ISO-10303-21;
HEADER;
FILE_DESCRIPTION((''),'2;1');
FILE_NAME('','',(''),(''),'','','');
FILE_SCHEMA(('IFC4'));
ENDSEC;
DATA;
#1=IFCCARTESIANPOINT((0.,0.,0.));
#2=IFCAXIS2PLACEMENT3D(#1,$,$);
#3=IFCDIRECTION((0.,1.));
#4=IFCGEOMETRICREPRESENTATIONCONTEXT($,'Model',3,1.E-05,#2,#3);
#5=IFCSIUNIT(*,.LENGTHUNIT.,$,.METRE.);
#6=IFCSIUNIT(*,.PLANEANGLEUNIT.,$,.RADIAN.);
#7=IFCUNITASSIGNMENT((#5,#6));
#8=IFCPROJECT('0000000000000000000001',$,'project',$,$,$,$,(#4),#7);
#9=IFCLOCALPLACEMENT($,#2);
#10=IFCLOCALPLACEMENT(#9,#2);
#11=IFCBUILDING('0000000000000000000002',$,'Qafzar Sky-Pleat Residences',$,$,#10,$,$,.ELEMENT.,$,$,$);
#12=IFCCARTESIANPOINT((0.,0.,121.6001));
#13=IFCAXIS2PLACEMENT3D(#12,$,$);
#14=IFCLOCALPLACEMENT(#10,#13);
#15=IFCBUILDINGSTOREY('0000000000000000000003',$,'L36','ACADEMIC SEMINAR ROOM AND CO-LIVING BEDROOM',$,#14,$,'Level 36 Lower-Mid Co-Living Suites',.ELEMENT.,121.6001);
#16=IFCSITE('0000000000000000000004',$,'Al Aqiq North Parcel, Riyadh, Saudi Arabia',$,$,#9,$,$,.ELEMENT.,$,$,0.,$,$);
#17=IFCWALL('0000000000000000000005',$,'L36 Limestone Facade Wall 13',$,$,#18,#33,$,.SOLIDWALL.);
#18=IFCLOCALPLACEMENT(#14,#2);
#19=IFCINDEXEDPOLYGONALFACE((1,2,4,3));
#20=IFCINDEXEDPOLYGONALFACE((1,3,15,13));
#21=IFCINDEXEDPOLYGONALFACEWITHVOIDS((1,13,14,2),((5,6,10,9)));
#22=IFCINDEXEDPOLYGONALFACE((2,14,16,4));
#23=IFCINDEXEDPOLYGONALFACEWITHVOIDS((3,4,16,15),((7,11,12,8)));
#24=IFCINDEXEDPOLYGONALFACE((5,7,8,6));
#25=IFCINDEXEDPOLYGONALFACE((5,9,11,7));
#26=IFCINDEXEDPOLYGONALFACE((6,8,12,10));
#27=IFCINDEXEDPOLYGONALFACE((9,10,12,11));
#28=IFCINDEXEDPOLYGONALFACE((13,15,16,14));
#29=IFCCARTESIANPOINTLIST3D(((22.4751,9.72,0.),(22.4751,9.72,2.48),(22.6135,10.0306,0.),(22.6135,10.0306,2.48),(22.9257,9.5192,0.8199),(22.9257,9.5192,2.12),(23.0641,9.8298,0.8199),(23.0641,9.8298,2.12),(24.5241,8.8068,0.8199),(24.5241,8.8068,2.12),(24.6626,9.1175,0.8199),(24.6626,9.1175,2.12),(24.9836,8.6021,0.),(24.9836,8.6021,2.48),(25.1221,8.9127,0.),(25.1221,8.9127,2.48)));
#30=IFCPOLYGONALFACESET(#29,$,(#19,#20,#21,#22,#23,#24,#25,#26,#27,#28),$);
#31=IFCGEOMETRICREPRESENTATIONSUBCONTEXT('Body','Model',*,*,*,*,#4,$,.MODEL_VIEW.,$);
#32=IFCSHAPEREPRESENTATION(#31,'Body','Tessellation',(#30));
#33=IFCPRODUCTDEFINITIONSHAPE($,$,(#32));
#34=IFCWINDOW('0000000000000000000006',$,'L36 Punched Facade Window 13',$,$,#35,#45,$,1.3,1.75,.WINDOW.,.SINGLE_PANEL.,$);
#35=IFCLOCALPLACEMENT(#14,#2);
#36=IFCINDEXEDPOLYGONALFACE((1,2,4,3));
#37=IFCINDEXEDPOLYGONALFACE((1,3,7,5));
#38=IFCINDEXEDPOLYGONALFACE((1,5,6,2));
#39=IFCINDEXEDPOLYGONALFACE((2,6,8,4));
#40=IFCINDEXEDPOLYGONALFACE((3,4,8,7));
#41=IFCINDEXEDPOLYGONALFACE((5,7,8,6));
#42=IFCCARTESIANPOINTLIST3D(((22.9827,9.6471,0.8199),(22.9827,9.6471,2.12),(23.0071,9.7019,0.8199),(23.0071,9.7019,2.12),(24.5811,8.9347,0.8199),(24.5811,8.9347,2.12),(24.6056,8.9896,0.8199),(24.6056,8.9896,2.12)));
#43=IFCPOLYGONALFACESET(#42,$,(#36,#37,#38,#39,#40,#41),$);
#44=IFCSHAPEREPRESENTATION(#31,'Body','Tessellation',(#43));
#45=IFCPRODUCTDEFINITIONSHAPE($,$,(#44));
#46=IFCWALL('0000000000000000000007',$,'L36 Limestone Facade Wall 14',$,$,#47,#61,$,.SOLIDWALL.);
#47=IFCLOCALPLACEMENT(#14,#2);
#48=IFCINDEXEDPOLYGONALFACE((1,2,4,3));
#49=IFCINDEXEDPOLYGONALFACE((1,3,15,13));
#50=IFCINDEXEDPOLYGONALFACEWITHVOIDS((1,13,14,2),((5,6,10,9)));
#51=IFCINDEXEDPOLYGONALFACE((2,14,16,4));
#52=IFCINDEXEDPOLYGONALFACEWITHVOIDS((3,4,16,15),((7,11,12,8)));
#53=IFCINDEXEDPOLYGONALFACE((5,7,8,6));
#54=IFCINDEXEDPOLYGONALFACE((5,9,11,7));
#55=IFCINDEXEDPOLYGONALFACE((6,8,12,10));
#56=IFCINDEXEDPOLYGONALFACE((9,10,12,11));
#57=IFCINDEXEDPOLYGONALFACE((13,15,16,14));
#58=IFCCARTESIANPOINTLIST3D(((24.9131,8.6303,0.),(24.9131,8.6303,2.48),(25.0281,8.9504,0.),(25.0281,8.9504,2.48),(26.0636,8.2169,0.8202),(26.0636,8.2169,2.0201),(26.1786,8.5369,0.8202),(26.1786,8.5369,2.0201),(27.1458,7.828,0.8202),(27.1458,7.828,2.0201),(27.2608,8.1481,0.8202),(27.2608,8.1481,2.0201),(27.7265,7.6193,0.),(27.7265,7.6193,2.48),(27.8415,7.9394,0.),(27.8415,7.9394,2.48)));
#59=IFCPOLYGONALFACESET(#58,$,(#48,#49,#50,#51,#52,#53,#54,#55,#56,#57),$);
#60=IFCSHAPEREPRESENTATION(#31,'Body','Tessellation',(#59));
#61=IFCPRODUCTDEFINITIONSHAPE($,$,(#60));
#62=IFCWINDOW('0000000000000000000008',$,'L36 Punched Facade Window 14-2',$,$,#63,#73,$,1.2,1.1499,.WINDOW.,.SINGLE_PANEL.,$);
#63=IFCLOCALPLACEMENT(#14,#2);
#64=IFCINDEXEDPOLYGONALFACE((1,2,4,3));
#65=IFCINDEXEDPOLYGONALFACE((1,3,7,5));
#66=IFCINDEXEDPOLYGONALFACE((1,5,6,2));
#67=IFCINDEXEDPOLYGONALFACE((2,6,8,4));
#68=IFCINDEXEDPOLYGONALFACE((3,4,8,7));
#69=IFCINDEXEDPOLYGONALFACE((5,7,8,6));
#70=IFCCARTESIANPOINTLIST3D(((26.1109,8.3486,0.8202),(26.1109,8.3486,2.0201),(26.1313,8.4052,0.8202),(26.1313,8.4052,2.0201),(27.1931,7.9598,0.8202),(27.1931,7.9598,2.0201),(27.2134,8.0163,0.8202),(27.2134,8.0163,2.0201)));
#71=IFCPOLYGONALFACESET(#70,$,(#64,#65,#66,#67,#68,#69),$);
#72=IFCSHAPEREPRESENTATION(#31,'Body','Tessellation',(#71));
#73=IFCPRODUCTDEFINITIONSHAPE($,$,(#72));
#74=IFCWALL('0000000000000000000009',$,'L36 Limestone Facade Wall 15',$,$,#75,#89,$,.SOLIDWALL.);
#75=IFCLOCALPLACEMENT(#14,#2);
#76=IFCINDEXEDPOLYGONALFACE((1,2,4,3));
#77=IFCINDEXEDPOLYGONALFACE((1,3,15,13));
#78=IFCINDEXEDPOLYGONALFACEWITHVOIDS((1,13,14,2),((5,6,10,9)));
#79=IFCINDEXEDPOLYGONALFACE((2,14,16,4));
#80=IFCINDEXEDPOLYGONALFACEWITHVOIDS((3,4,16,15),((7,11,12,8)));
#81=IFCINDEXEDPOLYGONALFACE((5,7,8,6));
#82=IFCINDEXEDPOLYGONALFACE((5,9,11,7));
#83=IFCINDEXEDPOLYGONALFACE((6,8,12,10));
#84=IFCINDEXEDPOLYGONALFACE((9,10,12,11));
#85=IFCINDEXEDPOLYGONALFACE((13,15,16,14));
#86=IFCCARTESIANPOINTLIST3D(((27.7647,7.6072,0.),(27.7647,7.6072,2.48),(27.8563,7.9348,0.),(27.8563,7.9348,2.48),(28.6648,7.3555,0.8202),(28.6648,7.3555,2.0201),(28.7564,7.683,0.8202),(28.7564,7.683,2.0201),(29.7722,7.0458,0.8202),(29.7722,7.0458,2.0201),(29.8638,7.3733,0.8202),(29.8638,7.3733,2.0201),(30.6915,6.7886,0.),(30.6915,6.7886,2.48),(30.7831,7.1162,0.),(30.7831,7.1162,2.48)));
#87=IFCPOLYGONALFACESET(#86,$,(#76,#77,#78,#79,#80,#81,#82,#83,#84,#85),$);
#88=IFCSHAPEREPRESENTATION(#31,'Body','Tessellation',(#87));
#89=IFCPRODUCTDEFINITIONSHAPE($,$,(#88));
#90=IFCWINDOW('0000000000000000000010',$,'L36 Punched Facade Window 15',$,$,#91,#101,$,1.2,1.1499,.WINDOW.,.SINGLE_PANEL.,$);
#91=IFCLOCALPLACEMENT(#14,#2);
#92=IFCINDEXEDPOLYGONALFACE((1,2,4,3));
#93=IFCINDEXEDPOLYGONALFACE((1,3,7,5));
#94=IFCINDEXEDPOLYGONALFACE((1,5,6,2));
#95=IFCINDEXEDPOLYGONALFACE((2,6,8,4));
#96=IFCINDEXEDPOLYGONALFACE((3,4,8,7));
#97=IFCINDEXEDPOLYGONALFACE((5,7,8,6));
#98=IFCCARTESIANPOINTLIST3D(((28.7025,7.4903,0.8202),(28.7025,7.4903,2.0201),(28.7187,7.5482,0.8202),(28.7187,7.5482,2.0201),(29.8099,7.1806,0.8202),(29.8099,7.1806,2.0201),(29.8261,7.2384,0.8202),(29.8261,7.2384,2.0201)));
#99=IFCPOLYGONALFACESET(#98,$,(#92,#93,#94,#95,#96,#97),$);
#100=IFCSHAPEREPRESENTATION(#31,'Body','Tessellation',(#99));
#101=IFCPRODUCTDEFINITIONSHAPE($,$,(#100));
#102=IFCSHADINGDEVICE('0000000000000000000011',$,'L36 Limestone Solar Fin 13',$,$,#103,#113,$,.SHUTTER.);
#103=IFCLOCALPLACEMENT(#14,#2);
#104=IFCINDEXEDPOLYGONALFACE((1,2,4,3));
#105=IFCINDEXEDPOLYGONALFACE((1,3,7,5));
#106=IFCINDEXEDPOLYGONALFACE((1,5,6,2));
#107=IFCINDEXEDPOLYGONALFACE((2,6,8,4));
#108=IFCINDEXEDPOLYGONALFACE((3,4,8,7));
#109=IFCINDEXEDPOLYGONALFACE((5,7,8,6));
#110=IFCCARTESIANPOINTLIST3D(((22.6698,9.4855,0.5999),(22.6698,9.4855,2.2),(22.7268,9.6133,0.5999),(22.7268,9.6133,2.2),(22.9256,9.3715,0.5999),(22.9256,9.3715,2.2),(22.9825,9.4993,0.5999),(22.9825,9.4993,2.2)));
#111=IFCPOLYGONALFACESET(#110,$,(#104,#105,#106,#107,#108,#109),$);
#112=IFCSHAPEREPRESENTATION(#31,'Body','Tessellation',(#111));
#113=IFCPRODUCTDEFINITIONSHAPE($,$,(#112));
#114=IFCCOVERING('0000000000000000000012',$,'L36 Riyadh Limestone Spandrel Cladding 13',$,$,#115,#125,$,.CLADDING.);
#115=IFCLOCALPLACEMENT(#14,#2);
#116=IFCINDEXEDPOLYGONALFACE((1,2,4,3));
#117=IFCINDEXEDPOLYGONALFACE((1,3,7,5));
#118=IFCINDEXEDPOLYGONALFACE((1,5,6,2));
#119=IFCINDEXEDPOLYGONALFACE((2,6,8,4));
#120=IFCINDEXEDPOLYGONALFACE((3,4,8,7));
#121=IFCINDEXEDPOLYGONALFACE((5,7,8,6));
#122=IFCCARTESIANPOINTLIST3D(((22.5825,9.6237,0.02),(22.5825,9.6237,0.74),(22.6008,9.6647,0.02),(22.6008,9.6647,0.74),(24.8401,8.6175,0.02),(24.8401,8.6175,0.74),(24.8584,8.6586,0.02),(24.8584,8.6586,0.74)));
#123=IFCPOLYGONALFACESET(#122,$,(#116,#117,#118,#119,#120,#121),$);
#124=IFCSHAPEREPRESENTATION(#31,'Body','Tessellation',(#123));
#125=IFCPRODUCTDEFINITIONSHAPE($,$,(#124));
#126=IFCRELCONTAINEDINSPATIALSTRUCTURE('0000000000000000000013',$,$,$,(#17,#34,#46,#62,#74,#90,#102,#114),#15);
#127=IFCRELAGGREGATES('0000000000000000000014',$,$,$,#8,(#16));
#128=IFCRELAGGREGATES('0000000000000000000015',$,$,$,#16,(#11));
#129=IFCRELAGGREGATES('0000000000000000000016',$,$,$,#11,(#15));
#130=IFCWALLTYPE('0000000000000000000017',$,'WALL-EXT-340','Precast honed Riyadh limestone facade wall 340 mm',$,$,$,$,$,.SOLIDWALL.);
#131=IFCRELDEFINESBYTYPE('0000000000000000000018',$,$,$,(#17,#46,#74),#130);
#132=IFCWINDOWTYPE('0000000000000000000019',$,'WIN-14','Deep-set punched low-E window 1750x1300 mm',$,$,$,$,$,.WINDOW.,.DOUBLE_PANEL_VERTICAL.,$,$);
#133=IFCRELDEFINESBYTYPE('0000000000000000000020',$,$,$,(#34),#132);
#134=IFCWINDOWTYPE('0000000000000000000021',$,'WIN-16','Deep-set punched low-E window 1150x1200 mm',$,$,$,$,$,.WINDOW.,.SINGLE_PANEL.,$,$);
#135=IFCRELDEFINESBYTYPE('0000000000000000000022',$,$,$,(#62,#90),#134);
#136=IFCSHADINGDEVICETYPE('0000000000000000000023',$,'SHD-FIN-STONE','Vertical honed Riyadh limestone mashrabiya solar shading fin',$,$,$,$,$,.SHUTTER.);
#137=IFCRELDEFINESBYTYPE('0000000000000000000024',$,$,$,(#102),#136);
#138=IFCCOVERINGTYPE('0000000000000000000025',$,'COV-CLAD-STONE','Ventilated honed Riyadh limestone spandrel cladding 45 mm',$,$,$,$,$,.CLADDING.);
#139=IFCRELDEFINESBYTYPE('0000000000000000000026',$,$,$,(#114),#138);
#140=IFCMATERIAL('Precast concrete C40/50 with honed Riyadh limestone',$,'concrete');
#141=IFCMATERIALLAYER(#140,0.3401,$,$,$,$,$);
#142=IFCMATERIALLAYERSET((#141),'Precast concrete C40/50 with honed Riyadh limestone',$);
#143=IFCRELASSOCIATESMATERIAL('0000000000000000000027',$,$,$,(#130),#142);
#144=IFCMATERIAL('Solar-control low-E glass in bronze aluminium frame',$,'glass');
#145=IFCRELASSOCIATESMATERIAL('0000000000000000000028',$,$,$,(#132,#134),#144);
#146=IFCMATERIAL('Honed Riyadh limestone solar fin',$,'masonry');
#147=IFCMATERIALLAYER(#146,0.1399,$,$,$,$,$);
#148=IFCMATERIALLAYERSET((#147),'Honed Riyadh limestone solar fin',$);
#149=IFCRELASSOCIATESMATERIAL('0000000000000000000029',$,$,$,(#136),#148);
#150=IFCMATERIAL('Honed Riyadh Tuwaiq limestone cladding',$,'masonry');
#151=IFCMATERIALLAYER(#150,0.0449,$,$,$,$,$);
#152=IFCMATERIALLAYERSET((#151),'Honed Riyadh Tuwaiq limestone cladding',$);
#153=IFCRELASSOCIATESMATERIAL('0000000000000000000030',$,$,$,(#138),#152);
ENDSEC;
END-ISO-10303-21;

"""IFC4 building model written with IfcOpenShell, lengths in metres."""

from ifc_helpers import new_model, si_unit, direction, frame, frame_2d, origin, origin_2d, place, context, subcontext, project, spatial, rectangle, extrude, source, transform, mapped, material, layer, layer_set, type_object, element, fill, save


model = new_model("IFC4")

# Units and contexts
model_context = context("Model", 3, precision=1e-05, world=origin(), true_north=direction((0.0, 1.0)))
body_context = subcontext(model_context, "Body", "Model", "MODEL_VIEW")
ifc_project = project(units=[si_unit("LENGTHUNIT", "METRE"), si_unit("PLANEANGLEUNIT", "RADIAN")], contexts=[model_context])

# Site, building, storey
site_placement = place(None, origin())
site = spatial("IfcSite", under=ifc_project, at=site_placement, Name="Al Aqiq North Parcel, Riyadh, Saudi Arabia", CompositionType="ELEMENT", RefElevation=0.0)
building_placement = place(site_placement, origin())
building = spatial("IfcBuilding", under=site, at=building_placement, Name="Qafzar Sky-Pleat Residences", CompositionType="ELEMENT")
storey_placement = place(building_placement, frame((0.0, 0.0, 121.6001)))
storey = spatial("IfcBuildingStorey", under=building, at=storey_placement, Name="L36", Description="ACADEMIC SEMINAR ROOM AND CO-LIVING BEDROOM", LongName="Level 36 Lower-Mid Co-Living Suites", CompositionType="ELEMENT", Elevation=121.6001)

# Walls, openings, windows
ifc_material_1 = material(Name="Precast concrete C40/50 with honed Riyadh limestone", Category="concrete")
ifc_layer_1 = layer(ifc_material_1, 0.3401)
ifc_layer_set_1 = layer_set([ifc_layer_1], Name="Precast concrete C40/50 with honed Riyadh limestone")
wall_type_1 = type_object("IfcWallType", Name="WALL-EXT-340", Description="Precast honed Riyadh limestone facade wall 340 mm", PredefinedType="SOLIDWALL", material=ifc_layer_set_1)
ifc_material_2 = material(Name="Solar-control low-E glass in bronze aluminium frame", Category="glass")
wall_1_placement = place(storey_placement, frame((22.5444, 9.8752, 0.0), z_axis=(0.0, 0.0, 1.0), x_axis=(0.913404, -0.407054, 0.0)))
wall_1 = element("IfcWall", 1, at=wall_1_placement, inside=storey, type_object=wall_type_1, Name="L36 Limestone Facade Wall 13", PredefinedType="SOLIDWALL", context=body_context, shape_type="SweptSolid", body=[
    extrude(rectangle(XDim=2.7463, YDim=0.3401, at=frame_2d((1.373, 0.0))), origin(), (0.0, 0.0, 1.0), 2.48),
])
opening_1_placement = place(wall_1_placement, frame((0.4932, 0.0, 0.8201)))
opening_1 = element("IfcOpeningElement", 2, at=opening_1_placement, cuts=wall_1, PredefinedType="OPENING", context=body_context, shape_type="SweptSolid", body=[
    extrude(rectangle(XDim=1.75, YDim=1.3, at=frame_2d((0.875, 0.6499))), frame((0.0, 0.1802, 0.0), z_axis=(0.0, -1.0, 0.0), x_axis=(1.0, 0.0, 0.0)), (0.0, 0.0, 1.0), 0.3601),
])
window_type_1 = type_object("IfcWindowType", Name="WIN-14", Description="Deep-set punched low-E window 1750x1300 mm", PartitioningType="DOUBLE_PANEL_VERTICAL", PredefinedType="WINDOW", material=ifc_material_2)
shared_shape_1 = source(origin(), body_context, "Body", "SweptSolid", [
    extrude(rectangle(XDim=1.75, YDim=1.3, at=frame_2d((0.875, 0.6499))), frame((0.0, 0.03, 0.0), z_axis=(0.0, -1.0, 0.0), x_axis=(1.0, 0.0, 0.0)), (0.0, 0.0, 1.0), 0.0601),
])
window_1_placement = place(opening_1_placement, origin())
window_1 = element("IfcWindow", 3, at=window_1_placement, inside=storey, type_object=window_type_1, Name="L36 Punched Facade Window 13", OverallHeight=1.3, OverallWidth=1.75, PartitioningType="SINGLE_PANEL", PredefinedType="WINDOW", context=body_context, shape_type="MappedRepresentation", body=[
    mapped(shared_shape_1, transform((0.0, 0.0, 0.0), x_axis=(1.0, 0.0, 0.0), y_axis=(0.0, 1.0, 0.0), z_axis=(0.0, 0.0, 1.0), scale=1.0)),
])
fill(opening_1, window_1)
wall_2_placement = place(storey_placement, frame((24.9707, 8.7903, 0.0), z_axis=(0.0, 0.0, 1.0), x_axis=(0.941086, -0.338167, 0.0)))
wall_2 = element("IfcWall", 4, at=wall_2_placement, inside=storey, type_object=wall_type_1, Name="L36 Limestone Facade Wall 14", PredefinedType="SOLIDWALL", context=body_context, shape_type="SweptSolid", body=[
    extrude(rectangle(XDim=2.9895, YDim=0.3401, at=frame_2d((1.4946, 0.0))), origin(), (0.0, 0.0, 1.0), 2.48),
])
opening_2_placement = place(wall_2_placement, frame((1.2224, 0.0, 0.8201)))
opening_2 = element("IfcOpeningElement", 5, at=opening_2_placement, cuts=wall_2, PredefinedType="OPENING", context=body_context, shape_type="SweptSolid", body=[
    extrude(rectangle(XDim=1.1499, YDim=1.2, at=frame_2d((0.575, 0.6001))), frame((0.0, 0.1802, 0.0), z_axis=(0.0, -1.0, 0.0), x_axis=(1.0, 0.0, 0.0)), (0.0, 0.0, 1.0), 0.3601),
])
window_type_2 = type_object("IfcWindowType", Name="WIN-16", Description="Deep-set punched low-E window 1150x1200 mm", PartitioningType="SINGLE_PANEL", PredefinedType="WINDOW", material=ifc_material_2)
shared_shape_2 = source(origin(), body_context, "Body", "SweptSolid", [
    extrude(rectangle(XDim=1.1499, YDim=1.2, at=frame_2d((0.575, 0.6001))), frame((0.0, 0.03, 0.0), z_axis=(0.0, -1.0, 0.0), x_axis=(1.0, 0.0, 0.0)), (0.0, 0.0, 1.0), 0.0601),
])
window_2_placement = place(opening_2_placement, origin())
window_2 = element("IfcWindow", 6, at=window_2_placement, inside=storey, type_object=window_type_2, Name="L36 Punched Facade Window 14-2", OverallHeight=1.2, OverallWidth=1.1499, PartitioningType="SINGLE_PANEL", PredefinedType="WINDOW", context=body_context, shape_type="MappedRepresentation", body=[
    mapped(shared_shape_2, transform((0.0, 0.0, 0.0), x_axis=(1.0, 0.0, 0.0), y_axis=(0.0, 1.0, 0.0), z_axis=(0.0, 0.0, 1.0), scale=1.0)),
])
fill(opening_2, window_2)
wall_3_placement = place(storey_placement, frame((27.8105, 7.771, 0.0), z_axis=(0.0, 0.0, 1.0), x_axis=(0.96304, -0.269359, 0.0)))
wall_3 = element("IfcWall", 7, at=wall_3_placement, inside=storey, type_object=wall_type_1, Name="L36 Limestone Facade Wall 15", PredefinedType="SOLIDWALL", context=body_context, shape_type="SweptSolid", body=[
    extrude(rectangle(XDim=3.0391, YDim=0.3401, at=frame_2d((1.5195, 0.0))), origin(), (0.0, 0.0, 1.0), 2.48),
])
opening_3_placement = place(wall_3_placement, frame((0.9346, 0.0, 0.8201)))
opening_3 = element("IfcOpeningElement", 8, at=opening_3_placement, cuts=wall_3, PredefinedType="OPENING", context=body_context, shape_type="SweptSolid", body=[
    extrude(rectangle(XDim=1.1499, YDim=1.2, at=frame_2d((0.575, 0.6001))), frame((0.0, 0.1802, 0.0), z_axis=(0.0, -1.0, 0.0), x_axis=(1.0, 0.0, 0.0)), (0.0, 0.0, 1.0), 0.3601),
])
window_3_placement = place(opening_3_placement, origin())
window_3 = element("IfcWindow", 9, at=window_3_placement, inside=storey, type_object=window_type_2, Name="L36 Punched Facade Window 15", OverallHeight=1.2, OverallWidth=1.1499, PartitioningType="SINGLE_PANEL", PredefinedType="WINDOW", context=body_context, shape_type="MappedRepresentation", body=[
    mapped(shared_shape_2, transform((0.0, 0.0, 0.0), x_axis=(1.0, 0.0, 0.0), y_axis=(0.0, 1.0, 0.0), z_axis=(0.0, 0.0, 1.0), scale=1.0)),
])
fill(opening_3, window_3)

# Shading device
ifc_material_3 = material(Name="Honed Riyadh limestone solar fin", Category="masonry")
ifc_layer_2 = layer(ifc_material_3, 0.1399)
ifc_layer_set_2 = layer_set([ifc_layer_2], Name="Honed Riyadh limestone solar fin")
shading_device_type = type_object("IfcShadingDeviceType", Name="SHD-FIN-STONE", Description="Vertical honed Riyadh limestone mashrabiya solar shading fin", PredefinedType="SHUTTER", material=ifc_layer_set_2)
shared_shape_3 = source(origin(), body_context, "Body", "SweptSolid", [
    extrude(rectangle(XDim=0.1399, YDim=0.28, at=origin_2d()), origin(), (0.0, 0.0, 1.0), 1.6001),
])
shading_device_placement = place(storey_placement, frame((22.8262, 9.4924, 0.5999), z_axis=(0.0, 0.0, 1.0), x_axis=(-0.407076, -0.913394, 0.0)))
element("IfcShadingDevice", 10, at=shading_device_placement, inside=storey, type_object=shading_device_type, Name="L36 Limestone Solar Fin 13", PredefinedType="SHUTTER", context=body_context, shape_type="MappedRepresentation", body=[
    mapped(shared_shape_3, transform((0.0, 0.0, 0.0), x_axis=(1.0, 0.0, 0.0), y_axis=(0.0, 1.0, 0.0), z_axis=(0.0, 0.0, 1.0), scale=1.0)),
])

# Covering
ifc_material_4 = material(Name="Honed Riyadh Tuwaiq limestone cladding", Category="masonry")
ifc_layer_3 = layer(ifc_material_4, 0.0449)
ifc_layer_set_3 = layer_set([ifc_layer_3], Name="Honed Riyadh Tuwaiq limestone cladding")
covering_type = type_object("IfcCoveringType", Name="COV-CLAD-STONE", Description="Ventilated honed Riyadh limestone spandrel cladding 45 mm", PredefinedType="CLADDING", material=ifc_layer_set_3)
shared_shape_4 = source(origin(), body_context, "Body", "SweptSolid", [
    extrude(rectangle(XDim=2.4717, YDim=0.0449, at=origin_2d()), origin(), (0.0, 0.0, 1.0), 0.72),
])
covering_placement = place(storey_placement, frame((23.7205, 9.1411, 0.02), z_axis=(0.0, 0.0, 1.0), x_axis=(0.913398, -0.407067, 0.0)))
element("IfcCovering", 11, at=covering_placement, inside=storey, type_object=covering_type, Name="L36 Riyadh Limestone Spandrel Cladding 13", PredefinedType="CLADDING", context=body_context, shape_type="MappedRepresentation", body=[
    mapped(shared_shape_4, transform((0.0, 0.0, 0.0), x_axis=(1.0, 0.0, 0.0), y_axis=(0.0, 1.0, 0.0), z_axis=(0.0, 0.0, 1.0), scale=1.0)),
])

save(model, "model.ifc")
